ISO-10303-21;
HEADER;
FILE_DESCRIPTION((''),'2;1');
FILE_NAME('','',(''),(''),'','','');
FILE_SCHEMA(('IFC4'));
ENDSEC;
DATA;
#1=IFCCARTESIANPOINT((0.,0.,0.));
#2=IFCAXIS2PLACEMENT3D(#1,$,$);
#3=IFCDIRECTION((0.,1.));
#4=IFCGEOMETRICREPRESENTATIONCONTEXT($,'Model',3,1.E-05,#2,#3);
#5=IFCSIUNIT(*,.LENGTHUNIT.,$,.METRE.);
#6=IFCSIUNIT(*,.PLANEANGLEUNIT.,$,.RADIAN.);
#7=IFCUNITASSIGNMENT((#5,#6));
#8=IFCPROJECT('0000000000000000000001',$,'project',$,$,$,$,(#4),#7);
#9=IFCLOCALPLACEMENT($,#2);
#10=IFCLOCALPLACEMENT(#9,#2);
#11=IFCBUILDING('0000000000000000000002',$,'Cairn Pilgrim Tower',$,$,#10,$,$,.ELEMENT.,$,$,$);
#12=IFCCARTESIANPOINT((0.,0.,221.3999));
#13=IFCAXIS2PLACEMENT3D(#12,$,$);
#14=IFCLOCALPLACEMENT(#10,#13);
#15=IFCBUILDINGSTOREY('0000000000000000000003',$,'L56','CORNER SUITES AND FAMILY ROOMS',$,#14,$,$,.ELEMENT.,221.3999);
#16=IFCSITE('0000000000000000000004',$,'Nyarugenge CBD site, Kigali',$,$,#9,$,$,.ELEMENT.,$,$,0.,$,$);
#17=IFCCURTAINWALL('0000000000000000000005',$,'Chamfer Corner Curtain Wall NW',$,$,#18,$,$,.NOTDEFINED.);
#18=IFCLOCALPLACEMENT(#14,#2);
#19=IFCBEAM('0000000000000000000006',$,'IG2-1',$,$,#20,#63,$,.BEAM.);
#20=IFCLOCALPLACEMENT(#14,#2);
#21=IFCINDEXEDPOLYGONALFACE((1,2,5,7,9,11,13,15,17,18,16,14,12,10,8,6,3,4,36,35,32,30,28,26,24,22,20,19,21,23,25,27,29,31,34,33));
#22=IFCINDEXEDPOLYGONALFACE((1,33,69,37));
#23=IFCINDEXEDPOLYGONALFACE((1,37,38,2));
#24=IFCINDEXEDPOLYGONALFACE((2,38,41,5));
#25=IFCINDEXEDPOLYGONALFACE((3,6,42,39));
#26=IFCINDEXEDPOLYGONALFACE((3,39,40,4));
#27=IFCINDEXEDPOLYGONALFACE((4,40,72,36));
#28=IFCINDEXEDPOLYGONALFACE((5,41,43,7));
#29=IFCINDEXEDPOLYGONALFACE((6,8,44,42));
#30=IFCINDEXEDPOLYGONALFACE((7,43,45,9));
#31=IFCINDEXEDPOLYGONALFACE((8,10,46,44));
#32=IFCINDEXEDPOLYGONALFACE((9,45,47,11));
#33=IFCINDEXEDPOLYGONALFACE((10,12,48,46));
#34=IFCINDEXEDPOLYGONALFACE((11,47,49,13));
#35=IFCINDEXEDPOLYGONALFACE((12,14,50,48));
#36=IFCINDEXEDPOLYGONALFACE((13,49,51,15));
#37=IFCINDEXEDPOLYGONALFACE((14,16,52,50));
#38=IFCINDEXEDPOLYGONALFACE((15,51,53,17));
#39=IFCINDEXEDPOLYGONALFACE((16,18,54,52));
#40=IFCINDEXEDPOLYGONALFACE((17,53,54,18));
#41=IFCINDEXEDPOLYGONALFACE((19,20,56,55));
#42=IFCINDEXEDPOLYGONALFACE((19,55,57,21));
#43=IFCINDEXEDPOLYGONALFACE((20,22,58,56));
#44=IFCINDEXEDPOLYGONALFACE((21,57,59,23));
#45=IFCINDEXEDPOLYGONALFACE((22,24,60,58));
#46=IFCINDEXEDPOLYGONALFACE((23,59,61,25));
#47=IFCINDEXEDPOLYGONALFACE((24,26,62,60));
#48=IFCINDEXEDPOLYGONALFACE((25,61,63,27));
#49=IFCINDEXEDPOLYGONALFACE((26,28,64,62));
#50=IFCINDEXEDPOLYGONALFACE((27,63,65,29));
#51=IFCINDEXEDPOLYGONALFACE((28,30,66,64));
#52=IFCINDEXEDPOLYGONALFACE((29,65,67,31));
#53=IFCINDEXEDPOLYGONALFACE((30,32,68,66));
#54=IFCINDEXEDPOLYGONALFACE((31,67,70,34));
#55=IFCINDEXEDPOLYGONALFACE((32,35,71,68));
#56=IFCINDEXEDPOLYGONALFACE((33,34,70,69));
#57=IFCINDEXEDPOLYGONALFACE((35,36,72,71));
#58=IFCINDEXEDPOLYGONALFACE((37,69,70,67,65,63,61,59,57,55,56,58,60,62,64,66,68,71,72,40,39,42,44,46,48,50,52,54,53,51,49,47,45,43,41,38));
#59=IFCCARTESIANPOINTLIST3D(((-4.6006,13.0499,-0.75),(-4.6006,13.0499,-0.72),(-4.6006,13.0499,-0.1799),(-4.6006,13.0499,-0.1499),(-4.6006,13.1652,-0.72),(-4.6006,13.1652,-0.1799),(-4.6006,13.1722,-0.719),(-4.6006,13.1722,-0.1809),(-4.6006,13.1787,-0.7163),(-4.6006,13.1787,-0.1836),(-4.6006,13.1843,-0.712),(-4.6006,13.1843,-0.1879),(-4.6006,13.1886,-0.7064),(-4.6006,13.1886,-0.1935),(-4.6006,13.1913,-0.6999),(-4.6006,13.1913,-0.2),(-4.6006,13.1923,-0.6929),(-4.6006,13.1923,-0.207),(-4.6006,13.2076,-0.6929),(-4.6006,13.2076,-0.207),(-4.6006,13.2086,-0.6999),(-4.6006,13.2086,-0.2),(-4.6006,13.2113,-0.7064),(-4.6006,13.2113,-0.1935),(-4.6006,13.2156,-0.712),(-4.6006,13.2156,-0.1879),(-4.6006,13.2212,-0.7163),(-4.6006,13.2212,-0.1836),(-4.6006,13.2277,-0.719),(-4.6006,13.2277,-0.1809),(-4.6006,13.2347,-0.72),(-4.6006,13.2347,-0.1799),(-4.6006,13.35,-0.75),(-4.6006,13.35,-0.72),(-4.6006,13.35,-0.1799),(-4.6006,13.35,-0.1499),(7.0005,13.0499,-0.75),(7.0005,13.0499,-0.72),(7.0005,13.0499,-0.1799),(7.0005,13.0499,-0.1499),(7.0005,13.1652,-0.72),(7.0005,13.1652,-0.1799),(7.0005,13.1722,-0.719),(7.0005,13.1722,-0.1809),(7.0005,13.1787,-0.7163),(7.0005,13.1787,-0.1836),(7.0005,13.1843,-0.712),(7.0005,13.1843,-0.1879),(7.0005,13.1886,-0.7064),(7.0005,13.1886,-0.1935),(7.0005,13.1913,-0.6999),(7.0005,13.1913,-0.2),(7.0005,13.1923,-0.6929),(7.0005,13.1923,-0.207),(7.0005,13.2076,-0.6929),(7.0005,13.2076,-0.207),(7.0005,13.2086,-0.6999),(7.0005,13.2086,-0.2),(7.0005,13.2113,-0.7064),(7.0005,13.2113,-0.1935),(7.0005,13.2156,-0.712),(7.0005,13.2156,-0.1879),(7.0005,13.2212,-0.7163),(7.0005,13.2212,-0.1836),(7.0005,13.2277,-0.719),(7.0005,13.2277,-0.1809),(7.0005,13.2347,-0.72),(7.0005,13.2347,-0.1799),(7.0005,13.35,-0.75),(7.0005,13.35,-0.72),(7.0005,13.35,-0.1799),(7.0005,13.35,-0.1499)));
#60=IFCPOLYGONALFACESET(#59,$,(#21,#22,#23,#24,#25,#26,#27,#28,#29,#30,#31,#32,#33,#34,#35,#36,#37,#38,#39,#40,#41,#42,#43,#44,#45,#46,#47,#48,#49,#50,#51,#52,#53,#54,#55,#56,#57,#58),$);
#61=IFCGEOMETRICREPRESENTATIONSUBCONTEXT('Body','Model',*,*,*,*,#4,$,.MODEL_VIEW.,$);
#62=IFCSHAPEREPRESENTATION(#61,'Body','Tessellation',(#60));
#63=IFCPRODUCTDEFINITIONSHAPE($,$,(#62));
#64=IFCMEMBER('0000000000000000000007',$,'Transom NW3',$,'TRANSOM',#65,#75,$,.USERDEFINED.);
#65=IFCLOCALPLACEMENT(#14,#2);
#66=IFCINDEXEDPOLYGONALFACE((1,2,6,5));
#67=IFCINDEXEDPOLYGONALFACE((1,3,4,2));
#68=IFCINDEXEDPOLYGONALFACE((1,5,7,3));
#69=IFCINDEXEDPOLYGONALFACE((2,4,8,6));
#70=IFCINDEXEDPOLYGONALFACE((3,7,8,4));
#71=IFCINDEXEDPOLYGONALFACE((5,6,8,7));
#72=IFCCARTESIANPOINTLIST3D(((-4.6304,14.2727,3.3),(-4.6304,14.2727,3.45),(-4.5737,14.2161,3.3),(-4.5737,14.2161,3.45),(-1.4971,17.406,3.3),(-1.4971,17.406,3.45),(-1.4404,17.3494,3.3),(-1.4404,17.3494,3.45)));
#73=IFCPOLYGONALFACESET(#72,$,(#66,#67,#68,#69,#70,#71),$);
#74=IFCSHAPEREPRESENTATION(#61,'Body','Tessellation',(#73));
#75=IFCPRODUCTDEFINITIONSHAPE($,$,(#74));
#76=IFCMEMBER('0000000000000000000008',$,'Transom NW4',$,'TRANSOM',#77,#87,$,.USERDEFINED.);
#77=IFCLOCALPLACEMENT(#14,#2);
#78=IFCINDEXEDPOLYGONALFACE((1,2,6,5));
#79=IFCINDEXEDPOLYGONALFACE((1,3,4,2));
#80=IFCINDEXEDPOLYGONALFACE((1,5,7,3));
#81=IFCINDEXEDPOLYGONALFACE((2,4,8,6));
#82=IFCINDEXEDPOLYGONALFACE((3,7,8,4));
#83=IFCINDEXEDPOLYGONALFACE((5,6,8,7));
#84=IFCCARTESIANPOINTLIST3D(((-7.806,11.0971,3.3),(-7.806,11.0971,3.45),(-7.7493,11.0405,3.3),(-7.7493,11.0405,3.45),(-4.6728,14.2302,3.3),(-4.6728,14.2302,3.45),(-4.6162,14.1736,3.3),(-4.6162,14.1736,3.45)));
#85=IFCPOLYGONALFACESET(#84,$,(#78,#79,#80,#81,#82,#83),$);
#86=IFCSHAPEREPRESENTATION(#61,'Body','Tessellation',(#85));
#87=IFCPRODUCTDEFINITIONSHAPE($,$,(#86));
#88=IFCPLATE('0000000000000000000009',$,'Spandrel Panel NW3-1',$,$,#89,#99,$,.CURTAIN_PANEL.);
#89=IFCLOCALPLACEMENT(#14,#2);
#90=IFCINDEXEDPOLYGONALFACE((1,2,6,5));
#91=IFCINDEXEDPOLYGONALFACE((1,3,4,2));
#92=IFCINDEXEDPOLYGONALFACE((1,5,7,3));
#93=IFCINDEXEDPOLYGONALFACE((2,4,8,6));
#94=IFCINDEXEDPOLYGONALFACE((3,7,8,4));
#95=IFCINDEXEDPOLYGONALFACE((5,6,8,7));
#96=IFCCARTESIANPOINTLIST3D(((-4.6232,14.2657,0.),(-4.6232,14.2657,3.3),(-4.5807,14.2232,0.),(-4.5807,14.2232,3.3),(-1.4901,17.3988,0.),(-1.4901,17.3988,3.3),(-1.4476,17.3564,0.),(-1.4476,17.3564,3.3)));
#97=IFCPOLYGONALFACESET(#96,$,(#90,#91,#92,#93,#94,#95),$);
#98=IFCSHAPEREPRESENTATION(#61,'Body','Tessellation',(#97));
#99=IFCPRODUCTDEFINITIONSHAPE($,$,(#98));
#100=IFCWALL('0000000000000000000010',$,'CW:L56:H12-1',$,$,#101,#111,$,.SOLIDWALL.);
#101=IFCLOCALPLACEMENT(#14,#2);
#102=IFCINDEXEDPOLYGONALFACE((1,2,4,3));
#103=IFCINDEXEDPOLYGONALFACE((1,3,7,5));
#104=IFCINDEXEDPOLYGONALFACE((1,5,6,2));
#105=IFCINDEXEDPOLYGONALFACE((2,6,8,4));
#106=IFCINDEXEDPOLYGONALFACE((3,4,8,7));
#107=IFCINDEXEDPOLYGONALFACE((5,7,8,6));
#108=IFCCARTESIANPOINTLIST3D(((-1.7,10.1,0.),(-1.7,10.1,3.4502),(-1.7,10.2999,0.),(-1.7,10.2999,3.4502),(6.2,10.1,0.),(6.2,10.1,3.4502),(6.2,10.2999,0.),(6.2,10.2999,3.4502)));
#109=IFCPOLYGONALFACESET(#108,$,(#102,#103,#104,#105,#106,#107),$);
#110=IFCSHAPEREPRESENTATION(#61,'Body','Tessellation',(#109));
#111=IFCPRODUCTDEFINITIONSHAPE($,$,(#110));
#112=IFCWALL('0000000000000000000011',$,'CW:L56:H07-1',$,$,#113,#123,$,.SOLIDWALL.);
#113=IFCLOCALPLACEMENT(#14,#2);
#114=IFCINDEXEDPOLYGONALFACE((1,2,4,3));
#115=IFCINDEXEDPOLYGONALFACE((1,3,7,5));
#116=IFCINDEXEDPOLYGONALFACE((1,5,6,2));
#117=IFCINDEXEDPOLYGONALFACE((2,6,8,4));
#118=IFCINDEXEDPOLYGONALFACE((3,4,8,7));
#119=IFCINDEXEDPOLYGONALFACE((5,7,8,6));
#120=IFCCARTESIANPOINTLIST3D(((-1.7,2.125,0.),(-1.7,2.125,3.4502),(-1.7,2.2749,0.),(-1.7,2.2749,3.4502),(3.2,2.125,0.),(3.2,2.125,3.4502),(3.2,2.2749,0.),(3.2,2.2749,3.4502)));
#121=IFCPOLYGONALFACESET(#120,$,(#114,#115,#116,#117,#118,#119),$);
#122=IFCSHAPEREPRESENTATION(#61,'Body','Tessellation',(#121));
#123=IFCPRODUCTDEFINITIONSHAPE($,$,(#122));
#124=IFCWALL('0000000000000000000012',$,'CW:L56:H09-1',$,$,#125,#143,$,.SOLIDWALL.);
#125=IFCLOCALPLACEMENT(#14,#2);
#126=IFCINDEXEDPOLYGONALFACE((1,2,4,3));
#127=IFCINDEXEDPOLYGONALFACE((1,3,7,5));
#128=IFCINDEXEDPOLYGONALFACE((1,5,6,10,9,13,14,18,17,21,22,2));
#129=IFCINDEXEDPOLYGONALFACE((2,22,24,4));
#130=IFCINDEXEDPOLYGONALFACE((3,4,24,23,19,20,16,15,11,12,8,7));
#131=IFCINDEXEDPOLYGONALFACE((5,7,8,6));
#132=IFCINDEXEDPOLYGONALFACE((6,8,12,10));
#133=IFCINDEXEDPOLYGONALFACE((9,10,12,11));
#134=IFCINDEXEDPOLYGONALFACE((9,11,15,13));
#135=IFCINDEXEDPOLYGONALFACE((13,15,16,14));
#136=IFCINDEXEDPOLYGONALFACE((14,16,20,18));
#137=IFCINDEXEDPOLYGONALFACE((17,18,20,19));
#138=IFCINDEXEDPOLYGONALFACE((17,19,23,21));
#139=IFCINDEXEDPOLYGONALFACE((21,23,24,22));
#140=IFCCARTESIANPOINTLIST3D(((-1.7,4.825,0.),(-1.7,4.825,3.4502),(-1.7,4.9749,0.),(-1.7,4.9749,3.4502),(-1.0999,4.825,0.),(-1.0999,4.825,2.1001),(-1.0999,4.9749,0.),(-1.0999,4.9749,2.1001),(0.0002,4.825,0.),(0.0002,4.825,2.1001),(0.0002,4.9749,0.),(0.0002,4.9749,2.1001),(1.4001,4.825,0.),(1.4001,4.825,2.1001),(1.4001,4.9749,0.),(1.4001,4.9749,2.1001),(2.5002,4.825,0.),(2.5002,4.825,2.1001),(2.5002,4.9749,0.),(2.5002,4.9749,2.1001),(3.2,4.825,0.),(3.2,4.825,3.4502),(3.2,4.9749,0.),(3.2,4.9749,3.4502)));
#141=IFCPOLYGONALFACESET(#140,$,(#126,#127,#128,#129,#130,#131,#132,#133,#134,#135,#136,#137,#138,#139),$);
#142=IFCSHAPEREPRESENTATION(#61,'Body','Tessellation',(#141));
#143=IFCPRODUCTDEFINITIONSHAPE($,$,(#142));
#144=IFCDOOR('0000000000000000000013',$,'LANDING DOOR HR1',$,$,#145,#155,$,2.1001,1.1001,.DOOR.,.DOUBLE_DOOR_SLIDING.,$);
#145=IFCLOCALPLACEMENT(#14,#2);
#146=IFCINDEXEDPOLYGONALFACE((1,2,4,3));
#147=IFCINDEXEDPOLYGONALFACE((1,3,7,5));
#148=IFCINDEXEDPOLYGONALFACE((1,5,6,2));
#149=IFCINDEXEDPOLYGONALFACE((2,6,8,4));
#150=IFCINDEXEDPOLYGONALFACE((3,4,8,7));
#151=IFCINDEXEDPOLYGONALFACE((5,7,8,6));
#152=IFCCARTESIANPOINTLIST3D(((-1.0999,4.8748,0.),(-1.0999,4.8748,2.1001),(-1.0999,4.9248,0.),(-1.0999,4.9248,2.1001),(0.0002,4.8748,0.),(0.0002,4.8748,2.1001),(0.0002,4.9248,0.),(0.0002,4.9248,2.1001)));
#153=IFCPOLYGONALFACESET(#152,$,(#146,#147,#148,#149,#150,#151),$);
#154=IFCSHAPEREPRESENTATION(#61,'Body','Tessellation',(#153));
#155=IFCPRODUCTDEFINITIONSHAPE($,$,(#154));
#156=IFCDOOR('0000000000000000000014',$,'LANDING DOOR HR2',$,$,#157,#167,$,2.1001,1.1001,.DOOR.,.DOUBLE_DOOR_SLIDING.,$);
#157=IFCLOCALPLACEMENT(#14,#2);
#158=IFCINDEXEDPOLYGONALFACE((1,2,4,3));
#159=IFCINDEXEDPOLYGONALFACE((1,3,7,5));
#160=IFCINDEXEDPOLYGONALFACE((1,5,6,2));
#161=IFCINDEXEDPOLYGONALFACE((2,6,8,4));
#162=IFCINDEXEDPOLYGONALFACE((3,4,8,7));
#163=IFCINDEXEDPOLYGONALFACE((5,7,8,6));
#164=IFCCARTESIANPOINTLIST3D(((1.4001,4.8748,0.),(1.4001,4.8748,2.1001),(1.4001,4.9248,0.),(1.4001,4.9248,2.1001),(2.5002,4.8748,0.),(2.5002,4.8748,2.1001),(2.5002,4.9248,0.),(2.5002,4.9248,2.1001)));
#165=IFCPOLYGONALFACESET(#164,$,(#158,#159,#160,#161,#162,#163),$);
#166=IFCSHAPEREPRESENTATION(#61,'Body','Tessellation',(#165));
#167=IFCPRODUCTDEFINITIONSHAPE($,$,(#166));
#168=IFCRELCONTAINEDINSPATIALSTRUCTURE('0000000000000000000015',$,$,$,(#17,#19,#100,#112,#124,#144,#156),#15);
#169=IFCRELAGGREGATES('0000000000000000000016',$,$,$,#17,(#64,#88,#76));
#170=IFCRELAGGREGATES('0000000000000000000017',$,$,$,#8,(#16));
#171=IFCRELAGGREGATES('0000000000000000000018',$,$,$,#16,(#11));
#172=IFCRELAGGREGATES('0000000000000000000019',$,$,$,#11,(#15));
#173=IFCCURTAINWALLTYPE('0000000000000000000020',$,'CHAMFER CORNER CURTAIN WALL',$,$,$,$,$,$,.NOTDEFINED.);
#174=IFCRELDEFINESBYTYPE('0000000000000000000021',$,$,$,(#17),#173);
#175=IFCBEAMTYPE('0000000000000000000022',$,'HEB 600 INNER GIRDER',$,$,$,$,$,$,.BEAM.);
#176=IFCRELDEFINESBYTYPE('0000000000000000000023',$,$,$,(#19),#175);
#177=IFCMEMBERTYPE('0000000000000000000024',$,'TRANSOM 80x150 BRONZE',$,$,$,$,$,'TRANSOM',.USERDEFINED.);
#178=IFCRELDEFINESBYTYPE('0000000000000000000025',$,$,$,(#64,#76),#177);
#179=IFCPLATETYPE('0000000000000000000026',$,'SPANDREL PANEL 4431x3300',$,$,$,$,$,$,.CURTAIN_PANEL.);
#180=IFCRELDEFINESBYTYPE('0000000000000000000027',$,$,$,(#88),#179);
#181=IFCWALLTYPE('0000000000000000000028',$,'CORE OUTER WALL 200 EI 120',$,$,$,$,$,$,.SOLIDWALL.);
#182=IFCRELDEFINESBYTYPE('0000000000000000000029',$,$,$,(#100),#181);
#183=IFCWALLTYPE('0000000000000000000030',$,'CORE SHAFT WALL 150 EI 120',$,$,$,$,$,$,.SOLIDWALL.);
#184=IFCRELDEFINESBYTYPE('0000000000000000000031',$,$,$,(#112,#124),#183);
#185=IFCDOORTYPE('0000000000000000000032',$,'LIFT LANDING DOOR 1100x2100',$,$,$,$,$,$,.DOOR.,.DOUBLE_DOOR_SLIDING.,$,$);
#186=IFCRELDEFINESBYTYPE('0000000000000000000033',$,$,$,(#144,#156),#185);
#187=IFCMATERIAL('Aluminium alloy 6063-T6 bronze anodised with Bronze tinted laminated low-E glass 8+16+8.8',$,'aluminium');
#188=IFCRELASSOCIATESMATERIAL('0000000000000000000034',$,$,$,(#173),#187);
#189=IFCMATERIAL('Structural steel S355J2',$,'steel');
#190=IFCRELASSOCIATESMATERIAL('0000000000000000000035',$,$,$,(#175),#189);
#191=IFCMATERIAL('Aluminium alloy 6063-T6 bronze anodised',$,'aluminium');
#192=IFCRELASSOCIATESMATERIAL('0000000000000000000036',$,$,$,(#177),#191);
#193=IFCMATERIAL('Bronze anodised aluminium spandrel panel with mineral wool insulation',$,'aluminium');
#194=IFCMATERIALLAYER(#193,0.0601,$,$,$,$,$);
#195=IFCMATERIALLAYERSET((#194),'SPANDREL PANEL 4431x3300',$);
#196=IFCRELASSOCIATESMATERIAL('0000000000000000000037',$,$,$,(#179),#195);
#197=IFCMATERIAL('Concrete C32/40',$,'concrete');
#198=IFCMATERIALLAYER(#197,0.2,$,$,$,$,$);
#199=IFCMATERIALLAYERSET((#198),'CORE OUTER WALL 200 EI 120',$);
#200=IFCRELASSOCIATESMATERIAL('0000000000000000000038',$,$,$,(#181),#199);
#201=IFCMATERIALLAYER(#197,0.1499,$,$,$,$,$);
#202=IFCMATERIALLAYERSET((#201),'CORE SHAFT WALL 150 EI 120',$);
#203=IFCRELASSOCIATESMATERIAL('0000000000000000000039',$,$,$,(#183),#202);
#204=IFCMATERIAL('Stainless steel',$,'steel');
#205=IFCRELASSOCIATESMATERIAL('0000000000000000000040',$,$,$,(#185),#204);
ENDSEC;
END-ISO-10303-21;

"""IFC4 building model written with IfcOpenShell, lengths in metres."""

from ifc_helpers import new_model, si_unit, direction, frame, frame_2d, origin, origin_2d, place, context, subcontext, project, spatial, rectangle, i_section, extrude, material, layer, layer_set, material_profile, profile_set, type_object, element, fill, aggregate, save


model = new_model("IFC4")

# Units and contexts
model_context = context("Model", 3, precision=1e-05, world=origin(), true_north=direction((0.0, 1.0)))
body_context = subcontext(model_context, "Body", "Model", "MODEL_VIEW")
ifc_project = project(units=[si_unit("LENGTHUNIT", "METRE"), si_unit("PLANEANGLEUNIT", "RADIAN")], contexts=[model_context])

# Site, building, storey
site_placement = place(None, origin())
site = spatial("IfcSite", under=ifc_project, at=site_placement, Name="Nyarugenge CBD site, Kigali", CompositionType="ELEMENT", RefElevation=0.0)
building_placement = place(site_placement, origin())
building = spatial("IfcBuilding", under=site, at=building_placement, Name="Cairn Pilgrim Tower", CompositionType="ELEMENT")
storey_placement = place(building_placement, frame((0.0, 0.0, 221.3999)))
storey = spatial("IfcBuildingStorey", under=building, at=storey_placement, Name="L56", Description="CORNER SUITES AND FAMILY ROOMS", CompositionType="ELEMENT", Elevation=221.3999)

# Shared definitions
ifc_material_1 = material(Name="Structural steel S355J2", Category="steel")

# Curtain wall
ifc_material_2 = material(Name="Aluminium alloy 6063-T6 bronze anodised with Bronze tinted laminated low-E glass 8+16+8.8", Category="aluminium")
curtain_wall_type = type_object("IfcCurtainWallType", Name="CHAMFER CORNER CURTAIN WALL", PredefinedType="NOTDEFINED", material=ifc_material_2)
curtain_wall_placement = place(storey_placement, origin())
curtain_wall = element("IfcCurtainWall", 1, at=curtain_wall_placement, inside=storey, type_object=curtain_wall_type, Name="Chamfer Corner Curtain Wall NW", PredefinedType="NOTDEFINED")
ifc_material_3 = material(Name="Aluminium alloy 6063-T6 bronze anodised", Category="aluminium")

# Beam
ifc_material_profile_1 = material_profile(ifc_material_1, i_section(OverallWidth=0.3, OverallDepth=0.6001, WebThickness=0.0154, FlangeThickness=0.03, FilletRadius=0.0271, at=origin_2d()), Name="HEB 600")
ifc_profile_set_1 = profile_set([ifc_material_profile_1], Name="Structural steel S355J2")
beam_type_1 = type_object("IfcBeamType", Name="HEB 600 INNER GIRDER", PredefinedType="BEAM", material=ifc_profile_set_1)
beam_1_placement = place(storey_placement, frame((-4.6006, 13.2, -0.45), z_axis=(1.0, 0.0, 0.0), x_axis=(0.0, 1.0, 0.0)))
element("IfcBeam", 2, at=beam_1_placement, inside=storey, type_object=beam_type_1, Name="IG2-1", PredefinedType="BEAM", context=body_context, shape_type="SweptSolid", body=[
    extrude(i_section(OverallWidth=0.3, OverallDepth=0.6001, WebThickness=0.0154, FlangeThickness=0.03, FilletRadius=0.0271, at=origin_2d()), origin(), (0.0, 0.0, 1.0), 11.6011),
])

# Members
ifc_material_profile_2 = material_profile(ifc_material_3, rectangle(XDim=0.0801, YDim=0.1499, at=origin_2d()), Name="TRANSOM 80x150 BRONZE")
ifc_profile_set_2 = profile_set([ifc_material_profile_2], Name="Aluminium alloy 6063-T6 bronze anodised")
member_type_1 = type_object("IfcMemberType", Name="TRANSOM 80x150 BRONZE", ElementType="TRANSOM", PredefinedType="USERDEFINED", material=ifc_profile_set_2)
member_1_placement = place(storey_placement, frame((-1.4688, 17.3777, 3.375), z_axis=(-0.707107, -0.707107, 0.0), x_axis=(0.707107, -0.707107, 0.0)))
member_1 = element("IfcMember", 3, at=member_1_placement, type_object=member_type_1, Name="Transom NW3", ObjectType="TRANSOM", PredefinedType="USERDEFINED", context=body_context, shape_type="SweptSolid", body=[
    extrude(rectangle(XDim=0.0801, YDim=0.1499, at=origin_2d()), origin(), (0.0, 0.0, 1.0), 4.4312),
])
member_2_placement = place(storey_placement, frame((-4.6445, 14.2019, 3.375), z_axis=(-0.707107, -0.707107, 0.0), x_axis=(0.707107, -0.707107, 0.0)))
member_2 = element("IfcMember", 4, at=member_2_placement, type_object=member_type_1, Name="Transom NW4", ObjectType="TRANSOM", PredefinedType="USERDEFINED", context=body_context, shape_type="SweptSolid", body=[
    extrude(rectangle(XDim=0.0801, YDim=0.1499, at=origin_2d()), origin(), (0.0, 0.0, 1.0), 4.4309),
])

# Plate
ifc_material_4 = material(Name="Bronze anodised aluminium spandrel panel with mineral wool insulation", Category="aluminium")
ifc_layer_1 = layer(ifc_material_4, 0.0601)
ifc_layer_set_1 = layer_set([ifc_layer_1], Name="SPANDREL PANEL 4431x3300")
plate_type = type_object("IfcPlateType", Name="SPANDREL PANEL 4431x3300", PredefinedType="CURTAIN_PANEL", material=ifc_layer_set_1)
plate_placement = place(storey_placement, frame((-3.0354, 15.811, 0.0), z_axis=(0.0, 0.0, 1.0), x_axis=(-0.707107, -0.707107, 0.0)))
plate = element("IfcPlate", 5, at=plate_placement, type_object=plate_type, Name="Spandrel Panel NW3-1", PredefinedType="CURTAIN_PANEL", context=body_context, shape_type="SweptSolid", body=[
    extrude(rectangle(XDim=4.4309, YDim=0.0601, at=origin_2d()), origin(), (0.0, 0.0, 1.0), 3.3),
])
aggregate(curtain_wall, [member_1, plate, member_2])

# Walls
ifc_material_5 = material(Name="Concrete C32/40", Category="concrete")
ifc_layer_2 = layer(ifc_material_5, 0.2)
ifc_layer_set_2 = layer_set([ifc_layer_2], Name="CORE OUTER WALL 200 EI 120")
wall_type_1 = type_object("IfcWallType", Name="CORE OUTER WALL 200 EI 120", PredefinedType="SOLIDWALL", material=ifc_layer_set_2)
wall_1_placement = place(storey_placement, frame((-1.7, 10.2, 0.0), z_axis=(0.0, 0.0, 1.0), x_axis=(1.0, 0.0, 0.0)))
element("IfcWall", 6, at=wall_1_placement, inside=storey, type_object=wall_type_1, Name="CW:L56:H12-1", PredefinedType="SOLIDWALL", context=body_context, shape_type="SweptSolid", body=[
    extrude(rectangle(XDim=7.8999, YDim=0.2, at=frame_2d((3.95, 0.0))), origin(), (0.0, 0.0, 1.0), 3.4502),
])
ifc_layer_3 = layer(ifc_material_5, 0.1499)
ifc_layer_set_3 = layer_set([ifc_layer_3], Name="CORE SHAFT WALL 150 EI 120")
wall_type_2 = type_object("IfcWallType", Name="CORE SHAFT WALL 150 EI 120", PredefinedType="SOLIDWALL", material=ifc_layer_set_3)
wall_2_placement = place(storey_placement, frame((-1.7, 2.2, 0.0), z_axis=(0.0, 0.0, 1.0), x_axis=(1.0, 0.0, 0.0)))
element("IfcWall", 7, at=wall_2_placement, inside=storey, type_object=wall_type_2, Name="CW:L56:H07-1", PredefinedType="SOLIDWALL", context=body_context, shape_type="SweptSolid", body=[
    extrude(rectangle(XDim=4.8999, YDim=0.1499, at=frame_2d((2.45, 0.0))), origin(), (0.0, 0.0, 1.0), 3.4502),
])

# Wall, openings, doors
wall_3_placement = place(storey_placement, frame((-1.7, 4.8999, 0.0), z_axis=(0.0, 0.0, 1.0), x_axis=(1.0, 0.0, 0.0)))
wall_3 = element("IfcWall", 8, at=wall_3_placement, inside=storey, type_object=wall_type_2, Name="CW:L56:H09-1", PredefinedType="SOLIDWALL", context=body_context, shape_type="SweptSolid", body=[
    extrude(rectangle(XDim=4.8999, YDim=0.1499, at=frame_2d((2.45, 0.0))), origin(), (0.0, 0.0, 1.0), 3.4502),
])
opening_1_placement = place(wall_3_placement, frame((0.6001, 0.0, 0.0)))
opening_1 = element("IfcOpeningElement", 9, at=opening_1_placement, cuts=wall_3, PredefinedType="OPENING", context=body_context, shape_type="SweptSolid", body=[
    extrude(rectangle(XDim=1.1001, YDim=2.1001, at=frame_2d((0.55, 1.05))), frame((0.0, 0.085, 0.0), z_axis=(0.0, -1.0, 0.0), x_axis=(1.0, 0.0, 0.0)), (0.0, 0.0, 1.0), 0.1699),
])
opening_2_placement = place(wall_3_placement, frame((3.1001, 0.0, 0.0)))
opening_2 = element("IfcOpeningElement", 10, at=opening_2_placement, cuts=wall_3, PredefinedType="OPENING", context=body_context, shape_type="SweptSolid", body=[
    extrude(rectangle(XDim=1.1001, YDim=2.1001, at=frame_2d((0.55, 1.05))), frame((0.0, 0.085, 0.0), z_axis=(0.0, -1.0, 0.0), x_axis=(1.0, 0.0, 0.0)), (0.0, 0.0, 1.0), 0.1699),
])
ifc_material_6 = material(Name="Stainless steel", Category="steel")
door_type_1 = type_object("IfcDoorType", Name="LIFT LANDING DOOR 1100x2100", OperationType="DOUBLE_DOOR_SLIDING", PredefinedType="DOOR", material=ifc_material_6)
door_1_placement = place(opening_1_placement, origin())
door_1 = element("IfcDoor", 11, at=door_1_placement, inside=storey, type_object=door_type_1, Name="LANDING DOOR HR1", OperationType="DOUBLE_DOOR_SLIDING", OverallHeight=2.1001, OverallWidth=1.1001, PredefinedType="DOOR", context=body_context, shape_type="SweptSolid", body=[
    extrude(rectangle(XDim=1.1001, YDim=2.1001, at=frame_2d((0.55, 1.05))), frame((0.0, 0.0249, 0.0), z_axis=(0.0, -1.0, 0.0), x_axis=(1.0, 0.0, 0.0)), (0.0, 0.0, 1.0), 0.05),
])
fill(opening_1, door_1)
door_2_placement = place(opening_2_placement, origin())
door_2 = element("IfcDoor", 12, at=door_2_placement, inside=storey, type_object=door_type_1, Name="LANDING DOOR HR2", OperationType="DOUBLE_DOOR_SLIDING", OverallHeight=2.1001, OverallWidth=1.1001, PredefinedType="DOOR", context=body_context, shape_type="SweptSolid", body=[
    extrude(rectangle(XDim=1.1001, YDim=2.1001, at=frame_2d((0.55, 1.05))), frame((0.0, 0.0249, 0.0), z_axis=(0.0, -1.0, 0.0), x_axis=(1.0, 0.0, 0.0)), (0.0, 0.0, 1.0), 0.05),
])
fill(opening_2, door_2)

save(model, "model.ifc")
